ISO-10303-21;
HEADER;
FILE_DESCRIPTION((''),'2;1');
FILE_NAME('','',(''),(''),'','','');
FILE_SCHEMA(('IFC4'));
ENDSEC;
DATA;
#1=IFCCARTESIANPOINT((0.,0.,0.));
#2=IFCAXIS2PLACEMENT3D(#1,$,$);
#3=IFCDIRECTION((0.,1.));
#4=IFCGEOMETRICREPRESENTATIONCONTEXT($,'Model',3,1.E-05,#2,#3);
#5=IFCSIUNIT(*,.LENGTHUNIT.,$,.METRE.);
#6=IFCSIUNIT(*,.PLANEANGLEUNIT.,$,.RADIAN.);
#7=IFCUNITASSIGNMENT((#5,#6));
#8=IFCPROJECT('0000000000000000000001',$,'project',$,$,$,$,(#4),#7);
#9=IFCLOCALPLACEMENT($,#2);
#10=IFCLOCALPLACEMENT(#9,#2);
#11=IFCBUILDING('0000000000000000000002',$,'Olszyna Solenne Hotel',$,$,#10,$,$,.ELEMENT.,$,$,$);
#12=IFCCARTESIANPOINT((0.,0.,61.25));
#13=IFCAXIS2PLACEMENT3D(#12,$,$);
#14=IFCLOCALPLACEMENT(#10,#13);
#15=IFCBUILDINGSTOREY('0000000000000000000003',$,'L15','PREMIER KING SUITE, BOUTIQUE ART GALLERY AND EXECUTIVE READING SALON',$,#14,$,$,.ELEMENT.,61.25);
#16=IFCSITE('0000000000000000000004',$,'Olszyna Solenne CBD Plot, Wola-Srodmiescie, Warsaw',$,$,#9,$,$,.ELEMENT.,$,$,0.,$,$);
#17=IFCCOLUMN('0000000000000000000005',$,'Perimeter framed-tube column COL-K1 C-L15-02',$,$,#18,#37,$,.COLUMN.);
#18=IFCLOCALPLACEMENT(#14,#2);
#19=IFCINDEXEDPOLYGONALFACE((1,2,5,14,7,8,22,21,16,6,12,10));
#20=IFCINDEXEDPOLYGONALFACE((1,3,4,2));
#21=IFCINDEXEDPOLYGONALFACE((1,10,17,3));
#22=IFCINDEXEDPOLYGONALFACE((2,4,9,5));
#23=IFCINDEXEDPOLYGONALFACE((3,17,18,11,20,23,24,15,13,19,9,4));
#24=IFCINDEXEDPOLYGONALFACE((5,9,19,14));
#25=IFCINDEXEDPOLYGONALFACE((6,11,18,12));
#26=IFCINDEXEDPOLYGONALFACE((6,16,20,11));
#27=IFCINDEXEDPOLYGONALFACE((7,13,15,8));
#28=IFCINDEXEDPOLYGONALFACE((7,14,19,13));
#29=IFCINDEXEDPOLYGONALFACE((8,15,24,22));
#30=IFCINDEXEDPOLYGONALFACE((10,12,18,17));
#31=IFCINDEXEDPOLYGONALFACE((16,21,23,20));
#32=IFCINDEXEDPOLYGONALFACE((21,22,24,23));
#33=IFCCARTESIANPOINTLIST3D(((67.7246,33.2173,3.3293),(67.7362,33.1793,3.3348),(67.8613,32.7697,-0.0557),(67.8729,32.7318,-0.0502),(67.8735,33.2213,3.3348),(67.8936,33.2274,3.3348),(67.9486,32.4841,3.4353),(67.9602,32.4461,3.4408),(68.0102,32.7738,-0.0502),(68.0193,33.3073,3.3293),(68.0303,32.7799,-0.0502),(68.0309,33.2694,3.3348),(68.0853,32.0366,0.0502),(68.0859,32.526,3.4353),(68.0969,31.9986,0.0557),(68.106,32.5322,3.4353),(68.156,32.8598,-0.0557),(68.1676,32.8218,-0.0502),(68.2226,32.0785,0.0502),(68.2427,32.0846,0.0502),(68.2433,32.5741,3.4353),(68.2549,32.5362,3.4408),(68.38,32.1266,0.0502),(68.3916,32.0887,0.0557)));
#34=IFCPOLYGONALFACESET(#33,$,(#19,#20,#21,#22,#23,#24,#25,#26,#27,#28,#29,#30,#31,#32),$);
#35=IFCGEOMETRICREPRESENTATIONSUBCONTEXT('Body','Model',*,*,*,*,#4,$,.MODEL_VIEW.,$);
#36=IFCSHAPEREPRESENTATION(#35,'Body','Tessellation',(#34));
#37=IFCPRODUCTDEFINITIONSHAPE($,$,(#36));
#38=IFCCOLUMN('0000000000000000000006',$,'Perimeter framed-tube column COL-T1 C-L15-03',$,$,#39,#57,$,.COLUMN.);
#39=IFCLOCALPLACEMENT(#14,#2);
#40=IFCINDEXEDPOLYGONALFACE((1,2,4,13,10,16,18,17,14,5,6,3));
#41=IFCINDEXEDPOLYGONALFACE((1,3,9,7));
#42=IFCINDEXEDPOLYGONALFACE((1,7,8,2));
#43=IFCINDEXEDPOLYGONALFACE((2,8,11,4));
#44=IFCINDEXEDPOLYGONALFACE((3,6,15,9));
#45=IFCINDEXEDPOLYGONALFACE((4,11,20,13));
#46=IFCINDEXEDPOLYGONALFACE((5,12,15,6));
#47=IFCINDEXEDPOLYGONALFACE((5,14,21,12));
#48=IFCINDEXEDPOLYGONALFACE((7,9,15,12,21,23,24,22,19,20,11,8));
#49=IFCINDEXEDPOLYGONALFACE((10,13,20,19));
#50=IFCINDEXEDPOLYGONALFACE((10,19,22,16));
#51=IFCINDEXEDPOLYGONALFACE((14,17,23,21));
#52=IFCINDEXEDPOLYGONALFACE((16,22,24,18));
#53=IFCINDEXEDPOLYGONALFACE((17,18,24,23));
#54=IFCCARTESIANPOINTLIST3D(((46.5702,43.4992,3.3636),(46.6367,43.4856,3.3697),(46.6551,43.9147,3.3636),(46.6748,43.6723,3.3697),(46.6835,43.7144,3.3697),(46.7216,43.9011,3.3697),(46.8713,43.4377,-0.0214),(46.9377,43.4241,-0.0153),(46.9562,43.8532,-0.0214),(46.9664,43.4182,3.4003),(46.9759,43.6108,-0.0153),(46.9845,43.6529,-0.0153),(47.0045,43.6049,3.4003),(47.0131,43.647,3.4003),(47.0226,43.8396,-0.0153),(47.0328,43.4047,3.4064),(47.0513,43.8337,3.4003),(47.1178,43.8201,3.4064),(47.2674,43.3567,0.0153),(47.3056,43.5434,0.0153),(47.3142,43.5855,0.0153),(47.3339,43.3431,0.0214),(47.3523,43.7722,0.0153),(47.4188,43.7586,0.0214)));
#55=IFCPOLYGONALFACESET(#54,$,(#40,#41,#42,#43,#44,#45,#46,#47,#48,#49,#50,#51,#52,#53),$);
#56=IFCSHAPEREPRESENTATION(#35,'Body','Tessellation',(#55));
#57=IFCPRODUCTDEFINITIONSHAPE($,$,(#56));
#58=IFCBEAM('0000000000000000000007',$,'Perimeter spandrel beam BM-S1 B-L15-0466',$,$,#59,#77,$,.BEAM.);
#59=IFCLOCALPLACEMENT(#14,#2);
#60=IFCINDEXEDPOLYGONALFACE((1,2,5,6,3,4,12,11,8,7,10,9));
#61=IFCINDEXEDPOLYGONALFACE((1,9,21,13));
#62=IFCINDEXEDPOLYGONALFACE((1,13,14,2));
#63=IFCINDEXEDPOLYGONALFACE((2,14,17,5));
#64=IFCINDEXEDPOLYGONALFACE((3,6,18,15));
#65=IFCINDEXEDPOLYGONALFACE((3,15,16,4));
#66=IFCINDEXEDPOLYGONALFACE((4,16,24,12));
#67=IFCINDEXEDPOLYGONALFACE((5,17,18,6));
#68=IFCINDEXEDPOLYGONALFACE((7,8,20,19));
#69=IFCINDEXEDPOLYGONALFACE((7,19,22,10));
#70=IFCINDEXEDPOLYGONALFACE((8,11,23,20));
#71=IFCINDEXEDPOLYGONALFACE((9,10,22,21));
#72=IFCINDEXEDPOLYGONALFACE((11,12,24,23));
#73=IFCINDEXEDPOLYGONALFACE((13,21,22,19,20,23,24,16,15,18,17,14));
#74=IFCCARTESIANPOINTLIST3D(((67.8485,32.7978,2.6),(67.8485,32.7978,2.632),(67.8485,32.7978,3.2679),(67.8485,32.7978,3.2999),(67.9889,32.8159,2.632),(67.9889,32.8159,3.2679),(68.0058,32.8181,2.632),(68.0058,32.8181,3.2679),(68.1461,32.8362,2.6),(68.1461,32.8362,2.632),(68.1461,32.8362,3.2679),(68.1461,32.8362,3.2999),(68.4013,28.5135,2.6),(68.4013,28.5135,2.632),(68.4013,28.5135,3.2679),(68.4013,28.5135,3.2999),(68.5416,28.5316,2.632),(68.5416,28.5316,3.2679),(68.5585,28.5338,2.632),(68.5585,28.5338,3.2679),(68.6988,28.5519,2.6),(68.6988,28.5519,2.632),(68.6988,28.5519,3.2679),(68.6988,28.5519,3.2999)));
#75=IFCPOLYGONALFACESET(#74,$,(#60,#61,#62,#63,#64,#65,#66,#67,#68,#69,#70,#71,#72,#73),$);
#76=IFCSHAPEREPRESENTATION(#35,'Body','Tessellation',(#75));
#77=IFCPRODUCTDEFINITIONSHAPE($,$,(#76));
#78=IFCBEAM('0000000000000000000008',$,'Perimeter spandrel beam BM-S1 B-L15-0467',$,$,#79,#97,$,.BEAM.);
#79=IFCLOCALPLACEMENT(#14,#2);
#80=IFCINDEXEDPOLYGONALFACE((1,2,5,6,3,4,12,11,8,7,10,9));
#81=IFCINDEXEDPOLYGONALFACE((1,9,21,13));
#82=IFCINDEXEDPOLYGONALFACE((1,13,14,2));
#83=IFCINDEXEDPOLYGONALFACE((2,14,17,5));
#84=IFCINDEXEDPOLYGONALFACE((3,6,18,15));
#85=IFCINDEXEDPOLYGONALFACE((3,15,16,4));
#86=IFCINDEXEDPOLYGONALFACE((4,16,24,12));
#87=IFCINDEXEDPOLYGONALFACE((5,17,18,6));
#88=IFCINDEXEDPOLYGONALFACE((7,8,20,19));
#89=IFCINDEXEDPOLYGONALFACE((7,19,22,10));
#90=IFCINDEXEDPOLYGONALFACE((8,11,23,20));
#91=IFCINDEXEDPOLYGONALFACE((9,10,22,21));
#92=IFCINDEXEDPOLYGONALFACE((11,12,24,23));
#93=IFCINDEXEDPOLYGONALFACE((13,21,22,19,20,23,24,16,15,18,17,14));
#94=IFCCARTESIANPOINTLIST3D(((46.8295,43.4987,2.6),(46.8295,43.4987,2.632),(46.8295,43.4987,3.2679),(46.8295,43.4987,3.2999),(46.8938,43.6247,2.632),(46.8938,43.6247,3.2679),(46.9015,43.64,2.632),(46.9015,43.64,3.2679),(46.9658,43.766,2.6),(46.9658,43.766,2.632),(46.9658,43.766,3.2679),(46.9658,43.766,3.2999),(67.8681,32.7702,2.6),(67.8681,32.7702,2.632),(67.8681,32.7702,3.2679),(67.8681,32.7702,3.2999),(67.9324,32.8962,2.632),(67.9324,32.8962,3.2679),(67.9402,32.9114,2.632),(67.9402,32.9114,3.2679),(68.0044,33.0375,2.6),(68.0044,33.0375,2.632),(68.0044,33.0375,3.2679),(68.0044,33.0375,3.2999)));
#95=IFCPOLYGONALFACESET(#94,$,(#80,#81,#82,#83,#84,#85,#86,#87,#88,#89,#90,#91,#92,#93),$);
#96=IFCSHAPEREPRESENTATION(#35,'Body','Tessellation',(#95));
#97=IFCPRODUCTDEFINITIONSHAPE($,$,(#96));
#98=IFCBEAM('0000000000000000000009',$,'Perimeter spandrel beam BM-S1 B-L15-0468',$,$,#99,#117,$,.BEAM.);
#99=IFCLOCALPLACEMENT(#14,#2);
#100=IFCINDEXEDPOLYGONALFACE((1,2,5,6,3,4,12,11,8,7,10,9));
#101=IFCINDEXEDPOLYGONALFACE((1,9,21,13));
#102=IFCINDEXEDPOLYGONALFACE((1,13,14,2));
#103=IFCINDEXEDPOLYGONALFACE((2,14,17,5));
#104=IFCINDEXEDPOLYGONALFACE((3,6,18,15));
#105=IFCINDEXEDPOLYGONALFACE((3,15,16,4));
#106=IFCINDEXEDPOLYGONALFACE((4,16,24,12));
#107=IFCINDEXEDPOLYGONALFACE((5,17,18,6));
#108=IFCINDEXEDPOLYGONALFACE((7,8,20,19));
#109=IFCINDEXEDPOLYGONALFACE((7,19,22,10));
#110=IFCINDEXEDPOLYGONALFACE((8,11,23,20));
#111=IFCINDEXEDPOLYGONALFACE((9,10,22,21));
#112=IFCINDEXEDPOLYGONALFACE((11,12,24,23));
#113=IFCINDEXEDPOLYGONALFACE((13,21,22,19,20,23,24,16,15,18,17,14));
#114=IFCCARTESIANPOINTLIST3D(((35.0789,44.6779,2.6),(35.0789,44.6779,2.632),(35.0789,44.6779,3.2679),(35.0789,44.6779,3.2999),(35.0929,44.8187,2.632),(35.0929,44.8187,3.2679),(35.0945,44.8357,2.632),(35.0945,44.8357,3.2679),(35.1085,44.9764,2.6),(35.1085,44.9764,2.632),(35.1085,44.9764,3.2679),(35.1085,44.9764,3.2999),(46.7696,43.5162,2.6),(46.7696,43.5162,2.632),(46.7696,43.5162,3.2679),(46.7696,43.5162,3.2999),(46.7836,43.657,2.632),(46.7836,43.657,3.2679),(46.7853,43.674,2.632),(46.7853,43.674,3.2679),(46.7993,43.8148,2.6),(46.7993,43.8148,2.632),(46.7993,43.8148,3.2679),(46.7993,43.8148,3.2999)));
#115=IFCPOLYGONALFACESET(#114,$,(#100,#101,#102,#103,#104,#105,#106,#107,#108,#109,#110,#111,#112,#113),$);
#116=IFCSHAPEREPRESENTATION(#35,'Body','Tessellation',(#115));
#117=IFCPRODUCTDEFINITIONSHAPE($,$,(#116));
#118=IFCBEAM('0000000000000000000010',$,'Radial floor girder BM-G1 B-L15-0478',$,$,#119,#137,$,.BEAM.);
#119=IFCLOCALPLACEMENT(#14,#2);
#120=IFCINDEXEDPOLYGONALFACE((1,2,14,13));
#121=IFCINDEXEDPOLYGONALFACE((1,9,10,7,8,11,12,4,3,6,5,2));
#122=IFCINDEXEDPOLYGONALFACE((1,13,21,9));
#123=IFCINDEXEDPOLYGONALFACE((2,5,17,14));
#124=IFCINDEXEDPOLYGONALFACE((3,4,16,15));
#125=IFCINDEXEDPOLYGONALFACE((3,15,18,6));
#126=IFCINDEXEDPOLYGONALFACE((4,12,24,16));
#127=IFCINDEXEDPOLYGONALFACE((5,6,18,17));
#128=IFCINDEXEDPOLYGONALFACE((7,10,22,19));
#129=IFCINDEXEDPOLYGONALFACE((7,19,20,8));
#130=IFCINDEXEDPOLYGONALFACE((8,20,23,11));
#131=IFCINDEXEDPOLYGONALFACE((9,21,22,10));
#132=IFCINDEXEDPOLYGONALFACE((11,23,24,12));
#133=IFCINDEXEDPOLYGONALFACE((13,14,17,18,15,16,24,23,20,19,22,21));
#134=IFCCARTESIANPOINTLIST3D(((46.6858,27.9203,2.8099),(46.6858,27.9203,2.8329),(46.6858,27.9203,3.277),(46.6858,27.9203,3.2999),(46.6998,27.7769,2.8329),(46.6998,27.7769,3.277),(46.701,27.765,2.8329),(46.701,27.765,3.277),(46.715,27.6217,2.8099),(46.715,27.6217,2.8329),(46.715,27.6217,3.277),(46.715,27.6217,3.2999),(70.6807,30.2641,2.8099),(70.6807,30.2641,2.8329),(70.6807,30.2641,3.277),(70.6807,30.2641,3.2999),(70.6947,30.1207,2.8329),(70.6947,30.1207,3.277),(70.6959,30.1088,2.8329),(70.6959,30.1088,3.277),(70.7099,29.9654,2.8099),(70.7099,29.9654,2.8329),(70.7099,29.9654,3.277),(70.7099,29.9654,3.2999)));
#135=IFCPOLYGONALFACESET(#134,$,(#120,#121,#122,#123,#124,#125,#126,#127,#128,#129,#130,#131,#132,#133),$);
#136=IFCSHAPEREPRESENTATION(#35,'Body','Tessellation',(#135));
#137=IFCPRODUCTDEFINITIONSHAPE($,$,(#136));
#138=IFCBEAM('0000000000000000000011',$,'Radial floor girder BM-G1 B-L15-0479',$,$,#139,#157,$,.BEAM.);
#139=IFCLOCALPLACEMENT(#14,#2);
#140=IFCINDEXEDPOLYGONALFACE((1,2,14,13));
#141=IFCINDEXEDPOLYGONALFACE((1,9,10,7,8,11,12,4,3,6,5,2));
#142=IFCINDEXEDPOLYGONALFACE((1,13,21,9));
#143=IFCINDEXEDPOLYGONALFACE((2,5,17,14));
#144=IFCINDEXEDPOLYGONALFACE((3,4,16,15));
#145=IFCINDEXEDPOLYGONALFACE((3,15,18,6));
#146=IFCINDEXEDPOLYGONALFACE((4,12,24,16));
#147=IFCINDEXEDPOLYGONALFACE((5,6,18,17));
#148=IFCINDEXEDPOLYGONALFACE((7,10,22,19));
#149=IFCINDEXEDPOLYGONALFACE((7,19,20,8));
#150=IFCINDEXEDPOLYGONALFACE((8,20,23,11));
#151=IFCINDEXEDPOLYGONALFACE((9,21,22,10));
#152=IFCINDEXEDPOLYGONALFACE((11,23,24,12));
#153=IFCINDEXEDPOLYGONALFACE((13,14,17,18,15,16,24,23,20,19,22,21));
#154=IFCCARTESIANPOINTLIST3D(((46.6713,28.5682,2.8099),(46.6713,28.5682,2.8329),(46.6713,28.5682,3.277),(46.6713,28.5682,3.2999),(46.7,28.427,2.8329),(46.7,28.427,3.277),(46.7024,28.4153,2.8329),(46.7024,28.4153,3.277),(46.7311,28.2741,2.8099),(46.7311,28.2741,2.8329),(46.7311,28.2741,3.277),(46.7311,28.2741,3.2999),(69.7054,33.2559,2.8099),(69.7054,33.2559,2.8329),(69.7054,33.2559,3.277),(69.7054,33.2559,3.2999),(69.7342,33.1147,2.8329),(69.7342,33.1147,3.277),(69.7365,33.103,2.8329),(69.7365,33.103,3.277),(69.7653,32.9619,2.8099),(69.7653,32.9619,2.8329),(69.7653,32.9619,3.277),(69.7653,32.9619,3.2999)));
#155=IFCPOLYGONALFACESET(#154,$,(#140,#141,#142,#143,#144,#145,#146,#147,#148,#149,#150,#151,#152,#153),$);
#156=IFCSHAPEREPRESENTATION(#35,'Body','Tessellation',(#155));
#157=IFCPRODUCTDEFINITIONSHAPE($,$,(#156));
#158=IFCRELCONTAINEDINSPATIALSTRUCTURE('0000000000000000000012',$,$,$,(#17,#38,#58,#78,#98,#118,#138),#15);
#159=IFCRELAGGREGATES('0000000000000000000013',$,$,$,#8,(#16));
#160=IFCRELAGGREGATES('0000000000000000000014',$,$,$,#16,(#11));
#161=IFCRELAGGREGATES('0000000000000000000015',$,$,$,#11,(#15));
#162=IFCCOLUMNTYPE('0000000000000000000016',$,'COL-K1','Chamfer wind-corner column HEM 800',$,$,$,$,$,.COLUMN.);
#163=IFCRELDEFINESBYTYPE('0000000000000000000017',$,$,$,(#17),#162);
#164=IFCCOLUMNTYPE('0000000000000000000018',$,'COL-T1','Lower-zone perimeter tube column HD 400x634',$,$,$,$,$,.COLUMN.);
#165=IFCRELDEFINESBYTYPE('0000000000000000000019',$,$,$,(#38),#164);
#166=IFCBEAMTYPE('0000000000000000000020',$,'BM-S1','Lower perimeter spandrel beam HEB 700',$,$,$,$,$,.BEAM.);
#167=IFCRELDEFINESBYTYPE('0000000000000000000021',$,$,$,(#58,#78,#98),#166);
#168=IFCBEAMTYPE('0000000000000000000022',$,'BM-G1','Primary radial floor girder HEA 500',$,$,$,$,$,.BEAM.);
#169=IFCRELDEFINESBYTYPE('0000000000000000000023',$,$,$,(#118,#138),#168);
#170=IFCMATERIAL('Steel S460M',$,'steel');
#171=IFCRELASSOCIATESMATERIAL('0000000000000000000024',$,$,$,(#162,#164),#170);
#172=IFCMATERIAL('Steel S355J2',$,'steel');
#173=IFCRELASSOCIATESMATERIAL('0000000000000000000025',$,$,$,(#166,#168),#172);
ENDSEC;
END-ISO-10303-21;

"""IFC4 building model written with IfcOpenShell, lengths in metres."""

from ifc_helpers import new_model, si_unit, direction, frame, origin, origin_2d, place, context, subcontext, project, spatial, i_section, extrude, source, transform, mapped, material, material_profile, profile_set, type_object, element, save


model = new_model("IFC4")

# Units and contexts
model_context = context("Model", 3, precision=1e-05, world=origin(), true_north=direction((0.0, 1.0)))
body_context = subcontext(model_context, "Body", "Model", "MODEL_VIEW")
ifc_project = project(units=[si_unit("LENGTHUNIT", "METRE"), si_unit("PLANEANGLEUNIT", "RADIAN")], contexts=[model_context])

# Site, building, storey
site_placement = place(None, origin())
site = spatial("IfcSite", under=ifc_project, at=site_placement, Name="Olszyna Solenne CBD Plot, Wola-Srodmiescie, Warsaw", CompositionType="ELEMENT", RefElevation=0.0)
building_placement = place(site_placement, origin())
building = spatial("IfcBuilding", under=site, at=building_placement, Name="Olszyna Solenne Hotel", CompositionType="ELEMENT")
storey_placement = place(building_placement, frame((0.0, 0.0, 61.25)))
storey = spatial("IfcBuildingStorey", under=building, at=storey_placement, Name="L15", Description="PREMIER KING SUITE, BOUTIQUE ART GALLERY AND EXECUTIVE READING SALON", CompositionType="ELEMENT", Elevation=61.25)

# Columns
ifc_material_1 = material(Name="Steel S460M", Category="steel")
ifc_material_profile_1 = material_profile(ifc_material_1, i_section(OverallWidth=0.3081, OverallDepth=0.814, WebThickness=0.021, FlangeThickness=0.04, at=origin_2d()), Name="HEM 800", Category="load-bearing")
ifc_profile_set_1 = profile_set([ifc_material_profile_1], Name="Steel S460M")
column_type_1 = type_object("IfcColumnType", Name="COL-K1", Description="Chamfer wind-corner column HEM 800", PredefinedType="COLUMN", material=ifc_profile_set_1)
shared_shape_1 = source(origin(), body_context, "Body", "SweptSolid", [
    extrude(i_section(OverallWidth=0.3081, OverallDepth=0.814, WebThickness=0.021, FlangeThickness=0.04, at=origin_2d()), origin(), (0.0, 0.0, 1.0), 3.4172),
])
column_1_placement = place(storey_placement, frame((68.1265, 32.4292, 0.0), z_axis=(-0.040009, 0.130958, 0.99058), x_axis=(-0.956364, -0.292179, 0.0)))
element("IfcColumn", 1, at=column_1_placement, inside=storey, type_object=column_type_1, Name="Perimeter framed-tube column COL-K1 C-L15-02", PredefinedType="COLUMN", context=body_context, shape_type="MappedRepresentation", body=[
    mapped(shared_shape_1, transform((0.0, 0.0, 0.0), x_axis=(1.0, 0.0, 0.0), y_axis=(0.0, 1.0, 0.0), z_axis=(0.0, 0.0, 1.0), scale=1.0)),
])
ifc_material_profile_2 = material_profile(ifc_material_1, i_section(OverallWidth=0.4241, OverallDepth=0.4741, WebThickness=0.043, FlangeThickness=0.0681, at=origin_2d()), Name="HD 400x634", Category="load-bearing")
ifc_profile_set_2 = profile_set([ifc_material_profile_2], Name="Steel S460M")
column_type_2 = type_object("IfcColumnType", Name="COL-T1", Description="Lower-zone perimeter tube column HD 400x634", PredefinedType="COLUMN", material=ifc_profile_set_2)
shared_shape_2 = source(origin(), body_context, "Body", "SweptSolid", [
    extrude(i_section(OverallWidth=0.4241, OverallDepth=0.4741, WebThickness=0.043, FlangeThickness=0.0681, at=origin_2d()), origin(), (0.0, 0.0, 1.0), 3.3989),
])
column_2_placement = place(storey_placement, frame((47.145, 43.5981, 0.0), z_axis=(-0.088565, 0.018101, 0.995906), x_axis=(-0.20024, -0.979747, 0.0)))
element("IfcColumn", 2, at=column_2_placement, inside=storey, type_object=column_type_2, Name="Perimeter framed-tube column COL-T1 C-L15-03", PredefinedType="COLUMN", context=body_context, shape_type="MappedRepresentation", body=[
    mapped(shared_shape_2, transform((0.0, 0.0, 0.0), x_axis=(1.0, 0.0, 0.0), y_axis=(0.0, 1.0, 0.0), z_axis=(0.0, 0.0, 1.0), scale=1.0)),
])

# Beams
ifc_material_2 = material(Name="Steel S355J2", Category="steel")
ifc_material_profile_3 = material_profile(ifc_material_2, i_section(OverallWidth=0.3, OverallDepth=0.7, WebThickness=0.0171, FlangeThickness=0.032, at=origin_2d()), Name="HEB 700", Category="load-bearing")
ifc_profile_set_3 = profile_set([ifc_material_profile_3], Name="Steel S355J2")
beam_type_1 = type_object("IfcBeamType", Name="BM-S1", Description="Lower perimeter spandrel beam HEB 700", PredefinedType="BEAM", material=ifc_profile_set_3)
shared_shape_3 = source(origin(), body_context, "Body", "SweptSolid", [
    extrude(i_section(OverallWidth=0.3, OverallDepth=0.7, WebThickness=0.0171, FlangeThickness=0.032, at=origin_2d()), origin(), (0.0, 0.0, 1.0), 4.3198),
])
beam_1_placement = place(storey_placement, frame((68.55, 28.5327, 2.95), z_axis=(-0.12795, 0.991781, 0.0), x_axis=(-0.991781, -0.12795, 0.0)))
element("IfcBeam", 3, at=beam_1_placement, inside=storey, type_object=beam_type_1, Name="Perimeter spandrel beam BM-S1 B-L15-0466", PredefinedType="BEAM", context=body_context, shape_type="MappedRepresentation", body=[
    mapped(shared_shape_3, transform((0.0, 0.0, 0.0), x_axis=(1.0, 0.0, 0.0), y_axis=(0.0, 1.0, 0.0), z_axis=(0.0, 0.0, 1.0), scale=1.0)),
])
shared_shape_4 = source(origin(), body_context, "Body", "SweptSolid", [
    extrude(i_section(OverallWidth=0.3, OverallDepth=0.7, WebThickness=0.0171, FlangeThickness=0.032, at=origin_2d()), origin(), (0.0, 0.0, 1.0), 23.6162),
])
beam_2_placement = place(storey_placement, frame((67.9363, 32.9038, 2.95), z_axis=(-0.890855, 0.454287, 0.0), x_axis=(-0.454287, -0.890855, 0.0)))
element("IfcBeam", 4, at=beam_2_placement, inside=storey, type_object=beam_type_1, Name="Perimeter spandrel beam BM-S1 B-L15-0467", PredefinedType="BEAM", context=body_context, shape_type="MappedRepresentation", body=[
    mapped(shared_shape_4, transform((0.0, 0.0, 0.0), x_axis=(1.0, 0.0, 0.0), y_axis=(0.0, 1.0, 0.0), z_axis=(0.0, 0.0, 1.0), scale=1.0)),
])
shared_shape_5 = source(origin(), body_context, "Body", "SweptSolid", [
    extrude(i_section(OverallWidth=0.3, OverallDepth=0.7, WebThickness=0.0171, FlangeThickness=0.032, at=origin_2d()), origin(), (0.0, 0.0, 1.0), 11.7483),
])
beam_3_placement = place(storey_placement, frame((46.7844, 43.6655, 2.95), z_axis=(-0.9951, 0.098876, 0.0), x_axis=(-0.098876, -0.9951, 0.0)))
element("IfcBeam", 5, at=beam_3_placement, inside=storey, type_object=beam_type_1, Name="Perimeter spandrel beam BM-S1 B-L15-0468", PredefinedType="BEAM", context=body_context, shape_type="MappedRepresentation", body=[
    mapped(shared_shape_5, transform((0.0, 0.0, 0.0), x_axis=(1.0, 0.0, 0.0), y_axis=(0.0, 1.0, 0.0), z_axis=(0.0, 0.0, 1.0), scale=1.0)),
])
ifc_material_profile_4 = material_profile(ifc_material_2, i_section(OverallWidth=0.3, OverallDepth=0.49, WebThickness=0.012, FlangeThickness=0.0229, at=origin_2d()), Name="HEA 500", Category="load-bearing")
ifc_profile_set_4 = profile_set([ifc_material_profile_4], Name="Steel S355J2")
beam_type_2 = type_object("IfcBeamType", Name="BM-G1", Description="Primary radial floor girder HEA 500", PredefinedType="BEAM", material=ifc_profile_set_4)
shared_shape_6 = source(origin(), body_context, "Body", "SweptSolid", [
    extrude(i_section(OverallWidth=0.3, OverallDepth=0.49, WebThickness=0.012, FlangeThickness=0.0229, at=origin_2d()), origin(), (0.0, 0.0, 1.0), 24.1091),
])
beam_4_placement = place(storey_placement, frame((70.6953, 30.1147, 3.0549), z_axis=(-0.995263, -0.097214, 0.0), x_axis=(0.097214, -0.995263, 0.0)))
element("IfcBeam", 6, at=beam_4_placement, inside=storey, type_object=beam_type_2, Name="Radial floor girder BM-G1 B-L15-0478", PredefinedType="BEAM", context=body_context, shape_type="MappedRepresentation", body=[
    mapped(shared_shape_6, transform((0.0, 0.0, 0.0), x_axis=(1.0, 0.0, 0.0), y_axis=(0.0, 1.0, 0.0), z_axis=(0.0, 0.0, 1.0), scale=1.0)),
])
shared_shape_7 = source(origin(), body_context, "Body", "SweptSolid", [
    extrude(i_section(OverallWidth=0.3, OverallDepth=0.49, WebThickness=0.012, FlangeThickness=0.0229, at=origin_2d()), origin(), (0.0, 0.0, 1.0), 23.5063),
])
beam_5_placement = place(storey_placement, frame((69.7354, 33.1089, 3.0549), z_axis=(-0.979913, -0.199425, 0.0), x_axis=(0.199425, -0.979913, 0.0)))
element("IfcBeam", 7, at=beam_5_placement, inside=storey, type_object=beam_type_2, Name="Radial floor girder BM-G1 B-L15-0479", PredefinedType="BEAM", context=body_context, shape_type="MappedRepresentation", body=[
    mapped(shared_shape_7, transform((0.0, 0.0, 0.0), x_axis=(1.0, 0.0, 0.0), y_axis=(0.0, 1.0, 0.0), z_axis=(0.0, 0.0, 1.0), scale=1.0)),
])

save(model, "model.ifc")
